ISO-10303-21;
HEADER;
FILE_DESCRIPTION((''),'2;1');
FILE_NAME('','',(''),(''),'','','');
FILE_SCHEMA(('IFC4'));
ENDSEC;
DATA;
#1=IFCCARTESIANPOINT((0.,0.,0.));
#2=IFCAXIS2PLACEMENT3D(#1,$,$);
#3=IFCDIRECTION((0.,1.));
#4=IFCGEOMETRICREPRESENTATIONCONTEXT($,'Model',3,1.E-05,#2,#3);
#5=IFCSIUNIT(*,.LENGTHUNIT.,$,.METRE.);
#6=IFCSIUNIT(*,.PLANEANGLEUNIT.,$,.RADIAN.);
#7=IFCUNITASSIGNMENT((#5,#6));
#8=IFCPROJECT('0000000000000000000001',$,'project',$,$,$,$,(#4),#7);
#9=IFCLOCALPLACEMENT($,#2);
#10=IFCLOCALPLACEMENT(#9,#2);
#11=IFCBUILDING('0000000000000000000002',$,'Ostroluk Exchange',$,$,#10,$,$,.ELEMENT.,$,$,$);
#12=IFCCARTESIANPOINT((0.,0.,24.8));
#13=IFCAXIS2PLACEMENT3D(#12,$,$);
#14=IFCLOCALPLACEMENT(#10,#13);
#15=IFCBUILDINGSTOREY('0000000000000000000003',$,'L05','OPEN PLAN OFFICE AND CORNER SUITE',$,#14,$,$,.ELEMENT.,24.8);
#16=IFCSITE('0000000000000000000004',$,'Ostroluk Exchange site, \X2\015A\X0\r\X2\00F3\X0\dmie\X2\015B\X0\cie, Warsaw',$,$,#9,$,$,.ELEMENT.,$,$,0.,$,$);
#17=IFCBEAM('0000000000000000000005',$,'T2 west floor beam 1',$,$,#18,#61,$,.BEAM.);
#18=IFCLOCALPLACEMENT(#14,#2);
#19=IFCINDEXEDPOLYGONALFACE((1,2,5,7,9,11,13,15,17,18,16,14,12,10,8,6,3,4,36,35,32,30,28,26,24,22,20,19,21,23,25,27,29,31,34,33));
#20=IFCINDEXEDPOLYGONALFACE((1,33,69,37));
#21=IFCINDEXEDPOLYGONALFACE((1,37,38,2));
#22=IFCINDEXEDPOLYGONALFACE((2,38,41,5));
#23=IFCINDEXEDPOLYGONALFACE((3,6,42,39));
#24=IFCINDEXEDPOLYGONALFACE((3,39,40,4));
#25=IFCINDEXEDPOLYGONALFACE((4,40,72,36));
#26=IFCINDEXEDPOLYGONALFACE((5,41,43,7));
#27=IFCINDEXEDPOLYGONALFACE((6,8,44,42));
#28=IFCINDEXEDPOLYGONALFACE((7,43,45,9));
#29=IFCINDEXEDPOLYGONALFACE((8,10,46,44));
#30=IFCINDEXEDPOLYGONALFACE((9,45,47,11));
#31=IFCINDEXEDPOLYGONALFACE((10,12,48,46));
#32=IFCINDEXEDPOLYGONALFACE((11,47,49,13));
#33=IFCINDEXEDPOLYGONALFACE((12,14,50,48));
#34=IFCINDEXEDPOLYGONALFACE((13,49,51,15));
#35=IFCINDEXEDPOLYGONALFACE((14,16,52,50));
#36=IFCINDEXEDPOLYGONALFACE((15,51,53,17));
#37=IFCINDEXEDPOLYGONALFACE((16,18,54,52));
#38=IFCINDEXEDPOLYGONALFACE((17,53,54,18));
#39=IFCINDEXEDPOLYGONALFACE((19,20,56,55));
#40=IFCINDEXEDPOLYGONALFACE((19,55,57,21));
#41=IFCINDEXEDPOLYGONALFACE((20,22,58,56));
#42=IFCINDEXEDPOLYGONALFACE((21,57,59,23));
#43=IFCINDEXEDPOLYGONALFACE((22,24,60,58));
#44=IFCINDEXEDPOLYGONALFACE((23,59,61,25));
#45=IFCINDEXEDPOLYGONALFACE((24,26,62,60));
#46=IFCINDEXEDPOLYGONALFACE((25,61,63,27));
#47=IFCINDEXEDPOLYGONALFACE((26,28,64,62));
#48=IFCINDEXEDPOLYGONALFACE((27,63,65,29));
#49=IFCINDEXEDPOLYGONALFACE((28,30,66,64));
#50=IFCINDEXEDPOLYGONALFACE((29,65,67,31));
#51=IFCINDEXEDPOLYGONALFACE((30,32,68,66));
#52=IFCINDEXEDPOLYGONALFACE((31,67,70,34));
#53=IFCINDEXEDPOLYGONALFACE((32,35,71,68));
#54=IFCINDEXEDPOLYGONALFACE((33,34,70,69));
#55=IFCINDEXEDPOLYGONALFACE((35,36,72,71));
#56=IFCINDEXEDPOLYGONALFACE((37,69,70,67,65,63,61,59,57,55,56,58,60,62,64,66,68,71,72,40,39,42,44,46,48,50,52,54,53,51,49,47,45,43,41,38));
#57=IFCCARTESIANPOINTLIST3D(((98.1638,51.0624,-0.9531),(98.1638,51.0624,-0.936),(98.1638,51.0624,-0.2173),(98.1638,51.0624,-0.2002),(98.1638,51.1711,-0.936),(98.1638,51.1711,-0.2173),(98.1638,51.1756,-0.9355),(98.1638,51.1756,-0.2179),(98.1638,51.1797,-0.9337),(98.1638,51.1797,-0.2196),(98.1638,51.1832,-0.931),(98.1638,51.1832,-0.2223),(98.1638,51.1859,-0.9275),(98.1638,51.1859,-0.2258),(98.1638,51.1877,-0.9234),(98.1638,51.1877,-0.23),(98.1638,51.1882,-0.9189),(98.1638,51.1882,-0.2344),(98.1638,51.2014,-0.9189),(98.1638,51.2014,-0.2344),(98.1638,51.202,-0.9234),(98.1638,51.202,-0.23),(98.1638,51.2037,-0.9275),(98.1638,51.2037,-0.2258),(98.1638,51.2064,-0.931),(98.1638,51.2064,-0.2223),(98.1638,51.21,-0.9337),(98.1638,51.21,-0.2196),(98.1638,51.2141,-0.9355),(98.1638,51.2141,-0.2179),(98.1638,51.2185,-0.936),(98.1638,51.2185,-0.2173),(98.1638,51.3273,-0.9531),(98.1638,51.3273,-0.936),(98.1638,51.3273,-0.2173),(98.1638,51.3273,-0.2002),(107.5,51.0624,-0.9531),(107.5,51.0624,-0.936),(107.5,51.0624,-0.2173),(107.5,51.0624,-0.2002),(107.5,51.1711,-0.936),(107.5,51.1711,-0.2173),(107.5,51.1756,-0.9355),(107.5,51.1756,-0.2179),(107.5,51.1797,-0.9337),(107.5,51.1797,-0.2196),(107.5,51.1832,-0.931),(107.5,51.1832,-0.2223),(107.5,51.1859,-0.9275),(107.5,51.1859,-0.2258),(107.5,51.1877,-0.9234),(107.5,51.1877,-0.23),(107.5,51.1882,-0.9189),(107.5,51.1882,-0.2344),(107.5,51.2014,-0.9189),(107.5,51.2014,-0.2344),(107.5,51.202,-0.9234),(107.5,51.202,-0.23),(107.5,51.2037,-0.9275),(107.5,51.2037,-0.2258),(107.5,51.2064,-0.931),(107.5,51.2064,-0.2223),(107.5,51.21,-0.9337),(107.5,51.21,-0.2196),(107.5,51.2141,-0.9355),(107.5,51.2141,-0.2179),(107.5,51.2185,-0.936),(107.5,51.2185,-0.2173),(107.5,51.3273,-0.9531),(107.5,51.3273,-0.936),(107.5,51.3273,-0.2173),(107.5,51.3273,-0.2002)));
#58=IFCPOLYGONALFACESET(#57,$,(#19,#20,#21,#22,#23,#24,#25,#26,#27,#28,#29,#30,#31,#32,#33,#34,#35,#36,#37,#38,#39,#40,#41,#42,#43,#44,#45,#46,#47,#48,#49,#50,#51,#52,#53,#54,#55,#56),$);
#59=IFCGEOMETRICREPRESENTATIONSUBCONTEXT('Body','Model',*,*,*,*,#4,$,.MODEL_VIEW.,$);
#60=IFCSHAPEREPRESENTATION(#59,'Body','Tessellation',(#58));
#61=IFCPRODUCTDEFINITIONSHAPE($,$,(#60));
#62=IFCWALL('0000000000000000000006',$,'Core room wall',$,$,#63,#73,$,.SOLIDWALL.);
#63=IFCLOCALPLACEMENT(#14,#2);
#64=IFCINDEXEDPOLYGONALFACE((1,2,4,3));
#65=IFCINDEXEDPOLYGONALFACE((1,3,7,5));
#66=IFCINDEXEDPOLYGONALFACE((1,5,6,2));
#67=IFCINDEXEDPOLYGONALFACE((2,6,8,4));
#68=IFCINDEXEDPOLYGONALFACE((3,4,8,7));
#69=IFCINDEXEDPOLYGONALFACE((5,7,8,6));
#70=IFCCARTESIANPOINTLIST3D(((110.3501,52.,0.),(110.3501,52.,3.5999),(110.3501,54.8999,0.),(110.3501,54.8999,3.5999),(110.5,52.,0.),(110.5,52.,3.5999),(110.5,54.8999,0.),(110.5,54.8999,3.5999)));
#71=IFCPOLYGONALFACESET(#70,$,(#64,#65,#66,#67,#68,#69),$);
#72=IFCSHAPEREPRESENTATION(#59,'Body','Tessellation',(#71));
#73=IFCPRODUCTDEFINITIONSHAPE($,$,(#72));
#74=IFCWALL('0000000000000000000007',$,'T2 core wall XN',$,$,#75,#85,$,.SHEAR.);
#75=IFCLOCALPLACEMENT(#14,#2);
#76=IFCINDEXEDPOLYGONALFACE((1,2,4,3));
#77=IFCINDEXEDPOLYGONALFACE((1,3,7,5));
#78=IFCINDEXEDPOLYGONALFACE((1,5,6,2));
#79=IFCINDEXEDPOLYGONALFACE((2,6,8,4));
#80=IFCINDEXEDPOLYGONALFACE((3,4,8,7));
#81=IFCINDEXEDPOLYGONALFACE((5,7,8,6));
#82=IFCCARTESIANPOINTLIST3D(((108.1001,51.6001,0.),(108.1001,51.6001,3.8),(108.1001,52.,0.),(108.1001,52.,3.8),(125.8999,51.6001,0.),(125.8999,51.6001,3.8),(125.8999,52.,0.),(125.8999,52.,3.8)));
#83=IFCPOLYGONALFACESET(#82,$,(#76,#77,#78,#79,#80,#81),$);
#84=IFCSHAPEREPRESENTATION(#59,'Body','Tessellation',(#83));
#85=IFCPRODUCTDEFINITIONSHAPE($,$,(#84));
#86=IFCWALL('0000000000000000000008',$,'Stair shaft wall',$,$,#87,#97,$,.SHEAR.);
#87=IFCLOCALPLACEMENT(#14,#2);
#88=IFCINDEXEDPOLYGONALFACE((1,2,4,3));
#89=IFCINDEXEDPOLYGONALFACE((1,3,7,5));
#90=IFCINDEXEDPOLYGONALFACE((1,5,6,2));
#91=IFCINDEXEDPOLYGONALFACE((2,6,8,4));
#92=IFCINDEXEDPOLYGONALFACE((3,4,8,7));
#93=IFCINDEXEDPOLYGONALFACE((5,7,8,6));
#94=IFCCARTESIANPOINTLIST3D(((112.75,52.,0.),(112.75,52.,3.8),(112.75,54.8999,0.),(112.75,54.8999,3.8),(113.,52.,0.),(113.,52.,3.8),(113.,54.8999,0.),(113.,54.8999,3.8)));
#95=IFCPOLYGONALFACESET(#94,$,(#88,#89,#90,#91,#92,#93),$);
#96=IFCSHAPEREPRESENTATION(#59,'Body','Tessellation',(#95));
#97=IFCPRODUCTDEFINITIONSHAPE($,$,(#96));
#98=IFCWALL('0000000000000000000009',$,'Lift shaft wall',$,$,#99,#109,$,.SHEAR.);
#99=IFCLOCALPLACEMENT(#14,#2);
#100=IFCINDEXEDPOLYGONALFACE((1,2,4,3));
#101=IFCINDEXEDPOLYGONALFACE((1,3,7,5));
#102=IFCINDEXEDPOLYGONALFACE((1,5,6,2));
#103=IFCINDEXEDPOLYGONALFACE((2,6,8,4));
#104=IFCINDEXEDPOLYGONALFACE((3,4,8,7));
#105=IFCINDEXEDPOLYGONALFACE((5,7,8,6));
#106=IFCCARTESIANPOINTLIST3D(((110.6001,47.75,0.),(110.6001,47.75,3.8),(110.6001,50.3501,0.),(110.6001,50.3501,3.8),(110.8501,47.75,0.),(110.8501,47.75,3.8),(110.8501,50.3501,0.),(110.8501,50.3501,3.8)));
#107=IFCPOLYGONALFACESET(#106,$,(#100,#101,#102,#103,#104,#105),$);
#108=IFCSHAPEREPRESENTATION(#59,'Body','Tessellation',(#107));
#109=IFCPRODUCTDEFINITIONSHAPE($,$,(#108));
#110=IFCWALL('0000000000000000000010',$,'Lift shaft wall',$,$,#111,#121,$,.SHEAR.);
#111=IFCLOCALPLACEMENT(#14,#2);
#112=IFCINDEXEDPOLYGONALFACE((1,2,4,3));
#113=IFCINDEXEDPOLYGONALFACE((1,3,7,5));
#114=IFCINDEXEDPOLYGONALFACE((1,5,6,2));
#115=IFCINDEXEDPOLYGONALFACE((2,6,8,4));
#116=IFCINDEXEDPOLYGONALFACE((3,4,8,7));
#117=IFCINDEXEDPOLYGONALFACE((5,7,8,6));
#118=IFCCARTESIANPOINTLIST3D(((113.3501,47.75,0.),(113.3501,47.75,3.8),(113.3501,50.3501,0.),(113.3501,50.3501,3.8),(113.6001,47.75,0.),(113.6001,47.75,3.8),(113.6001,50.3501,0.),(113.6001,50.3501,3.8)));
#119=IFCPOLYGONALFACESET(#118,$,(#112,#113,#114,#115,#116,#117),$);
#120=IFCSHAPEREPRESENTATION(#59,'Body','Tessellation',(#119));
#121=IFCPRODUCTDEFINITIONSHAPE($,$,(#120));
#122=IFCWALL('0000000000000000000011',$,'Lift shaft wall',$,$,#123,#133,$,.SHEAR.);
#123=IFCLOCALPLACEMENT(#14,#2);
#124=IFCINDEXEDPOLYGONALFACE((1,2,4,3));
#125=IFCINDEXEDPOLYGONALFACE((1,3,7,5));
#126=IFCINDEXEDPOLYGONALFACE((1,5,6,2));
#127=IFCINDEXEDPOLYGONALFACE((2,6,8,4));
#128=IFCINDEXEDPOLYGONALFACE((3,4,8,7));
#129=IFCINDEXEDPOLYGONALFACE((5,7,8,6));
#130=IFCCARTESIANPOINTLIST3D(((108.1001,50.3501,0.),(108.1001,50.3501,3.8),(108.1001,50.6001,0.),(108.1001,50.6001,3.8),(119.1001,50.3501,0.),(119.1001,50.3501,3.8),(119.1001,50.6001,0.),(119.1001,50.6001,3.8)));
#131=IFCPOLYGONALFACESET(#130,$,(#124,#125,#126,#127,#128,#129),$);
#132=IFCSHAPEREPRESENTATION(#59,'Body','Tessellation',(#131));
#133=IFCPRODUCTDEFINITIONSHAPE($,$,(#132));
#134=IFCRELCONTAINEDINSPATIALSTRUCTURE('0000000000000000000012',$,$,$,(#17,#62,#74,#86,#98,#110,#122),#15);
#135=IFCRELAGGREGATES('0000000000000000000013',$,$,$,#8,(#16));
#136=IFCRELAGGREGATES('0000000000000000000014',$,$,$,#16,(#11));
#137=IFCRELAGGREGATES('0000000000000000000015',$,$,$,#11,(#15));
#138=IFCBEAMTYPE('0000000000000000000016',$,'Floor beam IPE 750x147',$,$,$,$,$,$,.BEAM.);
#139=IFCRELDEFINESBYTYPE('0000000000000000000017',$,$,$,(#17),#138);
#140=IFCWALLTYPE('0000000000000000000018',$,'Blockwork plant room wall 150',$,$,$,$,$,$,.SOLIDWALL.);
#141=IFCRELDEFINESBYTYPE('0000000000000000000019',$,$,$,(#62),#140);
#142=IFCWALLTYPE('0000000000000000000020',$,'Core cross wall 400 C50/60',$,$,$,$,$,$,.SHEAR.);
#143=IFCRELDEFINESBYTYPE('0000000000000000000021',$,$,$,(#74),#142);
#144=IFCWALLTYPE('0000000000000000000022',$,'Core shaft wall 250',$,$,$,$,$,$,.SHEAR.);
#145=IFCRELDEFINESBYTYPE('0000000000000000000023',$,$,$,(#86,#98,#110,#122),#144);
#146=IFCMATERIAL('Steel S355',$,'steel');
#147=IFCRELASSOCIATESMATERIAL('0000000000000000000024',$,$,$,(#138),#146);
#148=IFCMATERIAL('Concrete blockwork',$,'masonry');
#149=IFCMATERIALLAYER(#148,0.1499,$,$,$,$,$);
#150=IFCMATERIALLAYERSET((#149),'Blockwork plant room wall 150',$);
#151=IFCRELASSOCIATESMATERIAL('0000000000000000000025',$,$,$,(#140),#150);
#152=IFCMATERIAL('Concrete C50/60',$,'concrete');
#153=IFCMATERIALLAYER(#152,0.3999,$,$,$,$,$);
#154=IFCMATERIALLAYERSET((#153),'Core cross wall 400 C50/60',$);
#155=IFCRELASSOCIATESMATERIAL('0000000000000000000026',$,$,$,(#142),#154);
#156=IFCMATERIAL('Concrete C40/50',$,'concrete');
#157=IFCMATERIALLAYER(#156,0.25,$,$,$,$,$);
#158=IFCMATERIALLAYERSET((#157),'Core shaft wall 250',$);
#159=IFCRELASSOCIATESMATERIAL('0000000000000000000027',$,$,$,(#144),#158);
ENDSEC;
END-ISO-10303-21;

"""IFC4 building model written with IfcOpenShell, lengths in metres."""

from ifc_helpers import new_model, si_unit, direction, frame, frame_2d, origin, origin_2d, place, context, subcontext, project, spatial, rectangle, i_section, extrude, material, layer, layer_set, material_profile, profile_set, type_object, element, save


model = new_model("IFC4")

# Units and contexts
model_context = context("Model", 3, precision=1e-05, world=origin(), true_north=direction((0.0, 1.0)))
body_context = subcontext(model_context, "Body", "Model", "MODEL_VIEW")
ifc_project = project(units=[si_unit("LENGTHUNIT", "METRE"), si_unit("PLANEANGLEUNIT", "RADIAN")], contexts=[model_context])

# Site, building, storey
site_placement = place(None, origin())
site = spatial("IfcSite", under=ifc_project, at=site_placement, Name="Ostroluk Exchange site, Śródmieście, Warsaw", CompositionType="ELEMENT", RefElevation=0.0)
building_placement = place(site_placement, origin())
building = spatial("IfcBuilding", under=site, at=building_placement, Name="Ostroluk Exchange", CompositionType="ELEMENT")
storey_placement = place(building_placement, frame((0.0, 0.0, 24.8)))
storey = spatial("IfcBuildingStorey", under=building, at=storey_placement, Name="L05", Description="OPEN PLAN OFFICE AND CORNER SUITE", CompositionType="ELEMENT", Elevation=24.8)

# Beam
ifc_material_1 = material(Name="Steel S355", Category="steel")
ifc_material_profile = material_profile(ifc_material_1, i_section(OverallWidth=0.2649, OverallDepth=0.7529, WebThickness=0.0132, FlangeThickness=0.0171, FilletRadius=0.0171, at=origin_2d()), Name="IPE 750x147")
ifc_profile_set = profile_set([ifc_material_profile], Name="Steel S355")
beam_type = type_object("IfcBeamType", Name="Floor beam IPE 750x147", PredefinedType="BEAM", material=ifc_profile_set)
beam_placement = place(storey_placement, frame((107.5, 51.1948, -0.5767), z_axis=(-1.0, 0.0, 0.0), x_axis=(0.0, -1.0, 0.0)))
element("IfcBeam", 1, at=beam_placement, inside=storey, type_object=beam_type, Name="T2 west floor beam 1", PredefinedType="BEAM", context=body_context, shape_type="SweptSolid", body=[
    extrude(i_section(OverallWidth=0.2649, OverallDepth=0.7529, WebThickness=0.0132, FlangeThickness=0.0171, FilletRadius=0.0171, at=origin_2d()), origin(), (0.0, 0.0, 1.0), 9.3362),
])

# Walls
ifc_material_2 = material(Name="Concrete blockwork", Category="masonry")
ifc_layer_1 = layer(ifc_material_2, 0.1499)
ifc_layer_set_1 = layer_set([ifc_layer_1], Name="Blockwork plant room wall 150")
wall_type_1 = type_object("IfcWallType", Name="Blockwork plant room wall 150", PredefinedType="SOLIDWALL", material=ifc_layer_set_1)
wall_1_placement = place(storey_placement, frame((110.425, 52.0, 0.0), z_axis=(0.0, 0.0, 1.0), x_axis=(0.0, 1.0, 0.0)))
element("IfcWall", 2, at=wall_1_placement, inside=storey, type_object=wall_type_1, Name="Core room wall", PredefinedType="SOLIDWALL", context=body_context, shape_type="SweptSolid", body=[
    extrude(rectangle(XDim=2.8999, YDim=0.1499, at=frame_2d((1.45, 0.0))), origin(), (0.0, 0.0, 1.0), 3.5999),
])
ifc_material_3 = material(Name="Concrete C50/60", Category="concrete")
ifc_layer_2 = layer(ifc_material_3, 0.3999)
ifc_layer_set_2 = layer_set([ifc_layer_2], Name="Core cross wall 400 C50/60")
wall_type_2 = type_object("IfcWallType", Name="Core cross wall 400 C50/60", PredefinedType="SHEAR", material=ifc_layer_set_2)
wall_2_placement = place(storey_placement, frame((108.1001, 51.8, 0.0), z_axis=(0.0, 0.0, 1.0), x_axis=(1.0, 0.0, 0.0)))
element("IfcWall", 3, at=wall_2_placement, inside=storey, type_object=wall_type_2, Name="T2 core wall XN", PredefinedType="SHEAR", context=body_context, shape_type="SweptSolid", body=[
    extrude(rectangle(XDim=17.7998, YDim=0.3999, at=frame_2d((8.8999, 0.0))), origin(), (0.0, 0.0, 1.0), 3.8),
])
ifc_material_4 = material(Name="Concrete C40/50", Category="concrete")
ifc_layer_3 = layer(ifc_material_4, 0.25)
ifc_layer_set_3 = layer_set([ifc_layer_3], Name="Core shaft wall 250")
wall_type_3 = type_object("IfcWallType", Name="Core shaft wall 250", PredefinedType="SHEAR", material=ifc_layer_set_3)
wall_3_placement = place(storey_placement, frame((112.875, 52.0, 0.0), z_axis=(0.0, 0.0, 1.0), x_axis=(0.0, 1.0, 0.0)))
element("IfcWall", 4, at=wall_3_placement, inside=storey, type_object=wall_type_3, Name="Stair shaft wall", PredefinedType="SHEAR", context=body_context, shape_type="SweptSolid", body=[
    extrude(rectangle(XDim=2.8999, YDim=0.25, at=frame_2d((1.45, 0.0))), origin(), (0.0, 0.0, 1.0), 3.8),
])
for number, where, z_axis, x_axis, name in (
    (5, (110.7251, 47.75, 0.0), (0.0, 0.0, 1.0), (0.0, 1.0, 0.0), "Lift shaft wall"),
    (6, (113.4751, 47.75, 0.0), (0.0, 0.0, 1.0), (0.0, 1.0, 0.0), "Lift shaft wall"),
):
    element("IfcWall", number, at=place(storey_placement, frame(where, z_axis=z_axis, x_axis=x_axis)), inside=storey, type_object=wall_type_3, Name=name, PredefinedType="SHEAR", context=body_context, shape_type="SweptSolid", body=[
        extrude(rectangle(XDim=2.6001, YDim=0.25, at=frame_2d((1.3, 0.0))), origin(), (0.0, 0.0, 1.0), 3.8),
    ])
wall_4_placement = place(storey_placement, frame((108.1001, 50.4751, 0.0), z_axis=(0.0, 0.0, 1.0), x_axis=(1.0, 0.0, 0.0)))
element("IfcWall", 7, at=wall_4_placement, inside=storey, type_object=wall_type_3, Name="Lift shaft wall", PredefinedType="SHEAR", context=body_context, shape_type="SweptSolid", body=[
    extrude(rectangle(XDim=11.0, YDim=0.25, at=frame_2d((5.5, 0.0))), origin(), (0.0, 0.0, 1.0), 3.8),
])

save(model, "model.ifc")
